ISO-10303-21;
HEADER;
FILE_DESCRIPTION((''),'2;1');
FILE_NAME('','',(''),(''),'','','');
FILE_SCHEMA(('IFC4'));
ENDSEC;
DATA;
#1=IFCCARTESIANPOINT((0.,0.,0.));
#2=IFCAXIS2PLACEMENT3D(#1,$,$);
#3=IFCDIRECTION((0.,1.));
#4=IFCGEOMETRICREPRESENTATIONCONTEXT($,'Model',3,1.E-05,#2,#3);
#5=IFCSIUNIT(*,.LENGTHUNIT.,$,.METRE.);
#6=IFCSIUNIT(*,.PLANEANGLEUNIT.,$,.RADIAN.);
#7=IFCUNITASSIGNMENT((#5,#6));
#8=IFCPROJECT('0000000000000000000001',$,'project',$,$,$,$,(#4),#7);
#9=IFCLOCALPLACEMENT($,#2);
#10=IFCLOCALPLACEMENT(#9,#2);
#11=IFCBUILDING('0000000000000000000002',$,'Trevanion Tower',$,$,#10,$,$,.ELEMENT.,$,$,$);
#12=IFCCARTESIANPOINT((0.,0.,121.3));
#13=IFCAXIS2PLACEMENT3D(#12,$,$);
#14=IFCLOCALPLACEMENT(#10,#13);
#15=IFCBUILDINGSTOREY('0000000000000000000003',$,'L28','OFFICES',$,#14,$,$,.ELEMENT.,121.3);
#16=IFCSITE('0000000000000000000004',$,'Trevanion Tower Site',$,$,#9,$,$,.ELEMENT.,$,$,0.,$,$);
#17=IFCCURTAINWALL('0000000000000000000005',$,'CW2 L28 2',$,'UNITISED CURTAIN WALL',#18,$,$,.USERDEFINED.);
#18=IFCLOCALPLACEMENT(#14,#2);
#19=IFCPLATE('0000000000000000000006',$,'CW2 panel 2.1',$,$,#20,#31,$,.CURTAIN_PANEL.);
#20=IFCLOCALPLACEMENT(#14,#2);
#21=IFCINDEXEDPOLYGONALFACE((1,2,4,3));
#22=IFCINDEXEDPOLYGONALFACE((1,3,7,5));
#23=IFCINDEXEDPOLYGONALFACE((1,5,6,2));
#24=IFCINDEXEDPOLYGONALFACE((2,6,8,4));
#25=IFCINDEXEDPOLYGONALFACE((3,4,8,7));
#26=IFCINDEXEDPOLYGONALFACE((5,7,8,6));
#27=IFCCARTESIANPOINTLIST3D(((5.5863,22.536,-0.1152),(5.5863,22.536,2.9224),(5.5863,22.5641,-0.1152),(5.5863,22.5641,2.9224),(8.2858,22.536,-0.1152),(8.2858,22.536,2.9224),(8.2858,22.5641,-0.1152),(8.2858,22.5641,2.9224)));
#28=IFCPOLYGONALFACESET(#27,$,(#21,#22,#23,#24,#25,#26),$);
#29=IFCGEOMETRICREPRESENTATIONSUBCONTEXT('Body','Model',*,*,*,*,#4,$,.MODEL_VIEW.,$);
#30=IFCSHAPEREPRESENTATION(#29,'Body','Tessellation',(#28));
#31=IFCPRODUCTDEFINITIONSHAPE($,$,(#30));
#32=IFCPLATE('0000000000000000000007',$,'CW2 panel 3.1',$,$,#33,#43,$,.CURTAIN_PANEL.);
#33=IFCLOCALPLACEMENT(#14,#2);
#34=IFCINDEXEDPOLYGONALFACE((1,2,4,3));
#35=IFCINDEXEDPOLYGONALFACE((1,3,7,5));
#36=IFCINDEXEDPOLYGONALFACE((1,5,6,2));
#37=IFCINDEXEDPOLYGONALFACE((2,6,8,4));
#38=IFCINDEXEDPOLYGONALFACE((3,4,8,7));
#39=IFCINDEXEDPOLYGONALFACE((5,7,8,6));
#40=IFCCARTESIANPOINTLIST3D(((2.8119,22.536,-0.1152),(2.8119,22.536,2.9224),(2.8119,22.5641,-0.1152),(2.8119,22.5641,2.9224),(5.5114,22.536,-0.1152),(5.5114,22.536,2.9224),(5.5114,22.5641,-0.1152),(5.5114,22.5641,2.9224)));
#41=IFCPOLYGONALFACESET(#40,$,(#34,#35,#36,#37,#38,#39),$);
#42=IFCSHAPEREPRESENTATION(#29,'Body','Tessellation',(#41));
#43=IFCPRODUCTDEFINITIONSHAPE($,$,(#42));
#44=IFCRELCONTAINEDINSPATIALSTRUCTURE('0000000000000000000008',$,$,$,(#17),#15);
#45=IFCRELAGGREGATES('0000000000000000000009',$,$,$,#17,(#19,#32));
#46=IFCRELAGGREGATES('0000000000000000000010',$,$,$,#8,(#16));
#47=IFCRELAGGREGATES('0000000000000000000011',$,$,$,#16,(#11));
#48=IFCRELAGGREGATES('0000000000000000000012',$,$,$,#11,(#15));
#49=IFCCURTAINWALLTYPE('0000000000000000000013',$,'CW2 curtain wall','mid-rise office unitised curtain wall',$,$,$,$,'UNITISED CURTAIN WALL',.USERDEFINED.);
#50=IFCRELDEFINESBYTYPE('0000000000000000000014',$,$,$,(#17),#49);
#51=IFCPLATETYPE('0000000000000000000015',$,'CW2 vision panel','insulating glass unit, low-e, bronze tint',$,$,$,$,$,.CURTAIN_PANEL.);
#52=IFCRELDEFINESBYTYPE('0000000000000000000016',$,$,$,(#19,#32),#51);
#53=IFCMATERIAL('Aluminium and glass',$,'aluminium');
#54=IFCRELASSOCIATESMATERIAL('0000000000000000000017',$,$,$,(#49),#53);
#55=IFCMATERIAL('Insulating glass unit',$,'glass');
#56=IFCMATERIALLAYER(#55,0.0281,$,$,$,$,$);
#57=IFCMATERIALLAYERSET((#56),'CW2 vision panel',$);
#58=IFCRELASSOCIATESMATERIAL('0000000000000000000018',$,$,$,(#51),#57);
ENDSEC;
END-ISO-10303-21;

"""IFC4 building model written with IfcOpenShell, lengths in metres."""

from ifc_helpers import new_model, si_unit, direction, frame, origin, origin_2d, place, context, subcontext, project, spatial, rectangle, extrude, material, layer, layer_set, type_object, element, aggregate, save


model = new_model("IFC4")

# Units and contexts
model_context = context("Model", 3, precision=1e-05, world=origin(), true_north=direction((0.0, 1.0)))
body_context = subcontext(model_context, "Body", "Model", "MODEL_VIEW")
ifc_project = project(units=[si_unit("LENGTHUNIT", "METRE"), si_unit("PLANEANGLEUNIT", "RADIAN")], contexts=[model_context])

# Site, building, storey
site_placement = place(None, origin())
site = spatial("IfcSite", under=ifc_project, at=site_placement, Name="Trevanion Tower Site", CompositionType="ELEMENT", RefElevation=0.0)
building_placement = place(site_placement, origin())
building = spatial("IfcBuilding", under=site, at=building_placement, Name="Trevanion Tower", CompositionType="ELEMENT")
storey_placement = place(building_placement, frame((0.0, 0.0, 121.3)))
storey = spatial("IfcBuildingStorey", under=building, at=storey_placement, Name="L28", Description="OFFICES", CompositionType="ELEMENT", Elevation=121.3)

# Curtain wall, plates
ifc_material_1 = material(Name="Aluminium and glass", Category="aluminium")
curtain_wall_type = type_object("IfcCurtainWallType", Name="CW2 curtain wall", Description="mid-rise office unitised curtain wall", ElementType="UNITISED CURTAIN WALL", PredefinedType="USERDEFINED", material=ifc_material_1)
curtain_wall_placement = place(storey_placement, origin())
curtain_wall = element("IfcCurtainWall", 1, at=curtain_wall_placement, inside=storey, type_object=curtain_wall_type, Name="CW2 L28 2", ObjectType="UNITISED CURTAIN WALL", PredefinedType="USERDEFINED")
ifc_material_2 = material(Name="Insulating glass unit", Category="glass")
ifc_layer_1 = layer(ifc_material_2, 0.0281)
ifc_layer_set_1 = layer_set([ifc_layer_1], Name="CW2 vision panel")
plate_type_1 = type_object("IfcPlateType", Name="CW2 vision panel", Description="insulating glass unit, low-e, bronze tint", PredefinedType="CURTAIN_PANEL", material=ifc_layer_set_1)
plate_1_placement = place(storey_placement, frame((6.936, 22.55, -0.1152), z_axis=(0.0, 0.0, 1.0), x_axis=(-1.0, 0.0, 0.0)))
plate_1 = element("IfcPlate", 2, at=plate_1_placement, type_object=plate_type_1, Name="CW2 panel 2.1", PredefinedType="CURTAIN_PANEL", context=body_context, shape_type="SweptSolid", body=[
    extrude(rectangle(XDim=2.6995, YDim=0.0281, at=origin_2d()), origin(), (0.0, 0.0, 1.0), 3.0376),
])
plate_2_placement = place(storey_placement, frame((4.1616, 22.55, -0.1152), z_axis=(0.0, 0.0, 1.0), x_axis=(-1.0, 0.0, 0.0)))
plate_2 = element("IfcPlate", 3, at=plate_2_placement, type_object=plate_type_1, Name="CW2 panel 3.1", PredefinedType="CURTAIN_PANEL", context=body_context, shape_type="SweptSolid", body=[
    extrude(rectangle(XDim=2.6995, YDim=0.0281, at=origin_2d()), origin(), (0.0, 0.0, 1.0), 3.0376),
])
aggregate(curtain_wall, [plate_1, plate_2])

save(model, "model.ifc")
